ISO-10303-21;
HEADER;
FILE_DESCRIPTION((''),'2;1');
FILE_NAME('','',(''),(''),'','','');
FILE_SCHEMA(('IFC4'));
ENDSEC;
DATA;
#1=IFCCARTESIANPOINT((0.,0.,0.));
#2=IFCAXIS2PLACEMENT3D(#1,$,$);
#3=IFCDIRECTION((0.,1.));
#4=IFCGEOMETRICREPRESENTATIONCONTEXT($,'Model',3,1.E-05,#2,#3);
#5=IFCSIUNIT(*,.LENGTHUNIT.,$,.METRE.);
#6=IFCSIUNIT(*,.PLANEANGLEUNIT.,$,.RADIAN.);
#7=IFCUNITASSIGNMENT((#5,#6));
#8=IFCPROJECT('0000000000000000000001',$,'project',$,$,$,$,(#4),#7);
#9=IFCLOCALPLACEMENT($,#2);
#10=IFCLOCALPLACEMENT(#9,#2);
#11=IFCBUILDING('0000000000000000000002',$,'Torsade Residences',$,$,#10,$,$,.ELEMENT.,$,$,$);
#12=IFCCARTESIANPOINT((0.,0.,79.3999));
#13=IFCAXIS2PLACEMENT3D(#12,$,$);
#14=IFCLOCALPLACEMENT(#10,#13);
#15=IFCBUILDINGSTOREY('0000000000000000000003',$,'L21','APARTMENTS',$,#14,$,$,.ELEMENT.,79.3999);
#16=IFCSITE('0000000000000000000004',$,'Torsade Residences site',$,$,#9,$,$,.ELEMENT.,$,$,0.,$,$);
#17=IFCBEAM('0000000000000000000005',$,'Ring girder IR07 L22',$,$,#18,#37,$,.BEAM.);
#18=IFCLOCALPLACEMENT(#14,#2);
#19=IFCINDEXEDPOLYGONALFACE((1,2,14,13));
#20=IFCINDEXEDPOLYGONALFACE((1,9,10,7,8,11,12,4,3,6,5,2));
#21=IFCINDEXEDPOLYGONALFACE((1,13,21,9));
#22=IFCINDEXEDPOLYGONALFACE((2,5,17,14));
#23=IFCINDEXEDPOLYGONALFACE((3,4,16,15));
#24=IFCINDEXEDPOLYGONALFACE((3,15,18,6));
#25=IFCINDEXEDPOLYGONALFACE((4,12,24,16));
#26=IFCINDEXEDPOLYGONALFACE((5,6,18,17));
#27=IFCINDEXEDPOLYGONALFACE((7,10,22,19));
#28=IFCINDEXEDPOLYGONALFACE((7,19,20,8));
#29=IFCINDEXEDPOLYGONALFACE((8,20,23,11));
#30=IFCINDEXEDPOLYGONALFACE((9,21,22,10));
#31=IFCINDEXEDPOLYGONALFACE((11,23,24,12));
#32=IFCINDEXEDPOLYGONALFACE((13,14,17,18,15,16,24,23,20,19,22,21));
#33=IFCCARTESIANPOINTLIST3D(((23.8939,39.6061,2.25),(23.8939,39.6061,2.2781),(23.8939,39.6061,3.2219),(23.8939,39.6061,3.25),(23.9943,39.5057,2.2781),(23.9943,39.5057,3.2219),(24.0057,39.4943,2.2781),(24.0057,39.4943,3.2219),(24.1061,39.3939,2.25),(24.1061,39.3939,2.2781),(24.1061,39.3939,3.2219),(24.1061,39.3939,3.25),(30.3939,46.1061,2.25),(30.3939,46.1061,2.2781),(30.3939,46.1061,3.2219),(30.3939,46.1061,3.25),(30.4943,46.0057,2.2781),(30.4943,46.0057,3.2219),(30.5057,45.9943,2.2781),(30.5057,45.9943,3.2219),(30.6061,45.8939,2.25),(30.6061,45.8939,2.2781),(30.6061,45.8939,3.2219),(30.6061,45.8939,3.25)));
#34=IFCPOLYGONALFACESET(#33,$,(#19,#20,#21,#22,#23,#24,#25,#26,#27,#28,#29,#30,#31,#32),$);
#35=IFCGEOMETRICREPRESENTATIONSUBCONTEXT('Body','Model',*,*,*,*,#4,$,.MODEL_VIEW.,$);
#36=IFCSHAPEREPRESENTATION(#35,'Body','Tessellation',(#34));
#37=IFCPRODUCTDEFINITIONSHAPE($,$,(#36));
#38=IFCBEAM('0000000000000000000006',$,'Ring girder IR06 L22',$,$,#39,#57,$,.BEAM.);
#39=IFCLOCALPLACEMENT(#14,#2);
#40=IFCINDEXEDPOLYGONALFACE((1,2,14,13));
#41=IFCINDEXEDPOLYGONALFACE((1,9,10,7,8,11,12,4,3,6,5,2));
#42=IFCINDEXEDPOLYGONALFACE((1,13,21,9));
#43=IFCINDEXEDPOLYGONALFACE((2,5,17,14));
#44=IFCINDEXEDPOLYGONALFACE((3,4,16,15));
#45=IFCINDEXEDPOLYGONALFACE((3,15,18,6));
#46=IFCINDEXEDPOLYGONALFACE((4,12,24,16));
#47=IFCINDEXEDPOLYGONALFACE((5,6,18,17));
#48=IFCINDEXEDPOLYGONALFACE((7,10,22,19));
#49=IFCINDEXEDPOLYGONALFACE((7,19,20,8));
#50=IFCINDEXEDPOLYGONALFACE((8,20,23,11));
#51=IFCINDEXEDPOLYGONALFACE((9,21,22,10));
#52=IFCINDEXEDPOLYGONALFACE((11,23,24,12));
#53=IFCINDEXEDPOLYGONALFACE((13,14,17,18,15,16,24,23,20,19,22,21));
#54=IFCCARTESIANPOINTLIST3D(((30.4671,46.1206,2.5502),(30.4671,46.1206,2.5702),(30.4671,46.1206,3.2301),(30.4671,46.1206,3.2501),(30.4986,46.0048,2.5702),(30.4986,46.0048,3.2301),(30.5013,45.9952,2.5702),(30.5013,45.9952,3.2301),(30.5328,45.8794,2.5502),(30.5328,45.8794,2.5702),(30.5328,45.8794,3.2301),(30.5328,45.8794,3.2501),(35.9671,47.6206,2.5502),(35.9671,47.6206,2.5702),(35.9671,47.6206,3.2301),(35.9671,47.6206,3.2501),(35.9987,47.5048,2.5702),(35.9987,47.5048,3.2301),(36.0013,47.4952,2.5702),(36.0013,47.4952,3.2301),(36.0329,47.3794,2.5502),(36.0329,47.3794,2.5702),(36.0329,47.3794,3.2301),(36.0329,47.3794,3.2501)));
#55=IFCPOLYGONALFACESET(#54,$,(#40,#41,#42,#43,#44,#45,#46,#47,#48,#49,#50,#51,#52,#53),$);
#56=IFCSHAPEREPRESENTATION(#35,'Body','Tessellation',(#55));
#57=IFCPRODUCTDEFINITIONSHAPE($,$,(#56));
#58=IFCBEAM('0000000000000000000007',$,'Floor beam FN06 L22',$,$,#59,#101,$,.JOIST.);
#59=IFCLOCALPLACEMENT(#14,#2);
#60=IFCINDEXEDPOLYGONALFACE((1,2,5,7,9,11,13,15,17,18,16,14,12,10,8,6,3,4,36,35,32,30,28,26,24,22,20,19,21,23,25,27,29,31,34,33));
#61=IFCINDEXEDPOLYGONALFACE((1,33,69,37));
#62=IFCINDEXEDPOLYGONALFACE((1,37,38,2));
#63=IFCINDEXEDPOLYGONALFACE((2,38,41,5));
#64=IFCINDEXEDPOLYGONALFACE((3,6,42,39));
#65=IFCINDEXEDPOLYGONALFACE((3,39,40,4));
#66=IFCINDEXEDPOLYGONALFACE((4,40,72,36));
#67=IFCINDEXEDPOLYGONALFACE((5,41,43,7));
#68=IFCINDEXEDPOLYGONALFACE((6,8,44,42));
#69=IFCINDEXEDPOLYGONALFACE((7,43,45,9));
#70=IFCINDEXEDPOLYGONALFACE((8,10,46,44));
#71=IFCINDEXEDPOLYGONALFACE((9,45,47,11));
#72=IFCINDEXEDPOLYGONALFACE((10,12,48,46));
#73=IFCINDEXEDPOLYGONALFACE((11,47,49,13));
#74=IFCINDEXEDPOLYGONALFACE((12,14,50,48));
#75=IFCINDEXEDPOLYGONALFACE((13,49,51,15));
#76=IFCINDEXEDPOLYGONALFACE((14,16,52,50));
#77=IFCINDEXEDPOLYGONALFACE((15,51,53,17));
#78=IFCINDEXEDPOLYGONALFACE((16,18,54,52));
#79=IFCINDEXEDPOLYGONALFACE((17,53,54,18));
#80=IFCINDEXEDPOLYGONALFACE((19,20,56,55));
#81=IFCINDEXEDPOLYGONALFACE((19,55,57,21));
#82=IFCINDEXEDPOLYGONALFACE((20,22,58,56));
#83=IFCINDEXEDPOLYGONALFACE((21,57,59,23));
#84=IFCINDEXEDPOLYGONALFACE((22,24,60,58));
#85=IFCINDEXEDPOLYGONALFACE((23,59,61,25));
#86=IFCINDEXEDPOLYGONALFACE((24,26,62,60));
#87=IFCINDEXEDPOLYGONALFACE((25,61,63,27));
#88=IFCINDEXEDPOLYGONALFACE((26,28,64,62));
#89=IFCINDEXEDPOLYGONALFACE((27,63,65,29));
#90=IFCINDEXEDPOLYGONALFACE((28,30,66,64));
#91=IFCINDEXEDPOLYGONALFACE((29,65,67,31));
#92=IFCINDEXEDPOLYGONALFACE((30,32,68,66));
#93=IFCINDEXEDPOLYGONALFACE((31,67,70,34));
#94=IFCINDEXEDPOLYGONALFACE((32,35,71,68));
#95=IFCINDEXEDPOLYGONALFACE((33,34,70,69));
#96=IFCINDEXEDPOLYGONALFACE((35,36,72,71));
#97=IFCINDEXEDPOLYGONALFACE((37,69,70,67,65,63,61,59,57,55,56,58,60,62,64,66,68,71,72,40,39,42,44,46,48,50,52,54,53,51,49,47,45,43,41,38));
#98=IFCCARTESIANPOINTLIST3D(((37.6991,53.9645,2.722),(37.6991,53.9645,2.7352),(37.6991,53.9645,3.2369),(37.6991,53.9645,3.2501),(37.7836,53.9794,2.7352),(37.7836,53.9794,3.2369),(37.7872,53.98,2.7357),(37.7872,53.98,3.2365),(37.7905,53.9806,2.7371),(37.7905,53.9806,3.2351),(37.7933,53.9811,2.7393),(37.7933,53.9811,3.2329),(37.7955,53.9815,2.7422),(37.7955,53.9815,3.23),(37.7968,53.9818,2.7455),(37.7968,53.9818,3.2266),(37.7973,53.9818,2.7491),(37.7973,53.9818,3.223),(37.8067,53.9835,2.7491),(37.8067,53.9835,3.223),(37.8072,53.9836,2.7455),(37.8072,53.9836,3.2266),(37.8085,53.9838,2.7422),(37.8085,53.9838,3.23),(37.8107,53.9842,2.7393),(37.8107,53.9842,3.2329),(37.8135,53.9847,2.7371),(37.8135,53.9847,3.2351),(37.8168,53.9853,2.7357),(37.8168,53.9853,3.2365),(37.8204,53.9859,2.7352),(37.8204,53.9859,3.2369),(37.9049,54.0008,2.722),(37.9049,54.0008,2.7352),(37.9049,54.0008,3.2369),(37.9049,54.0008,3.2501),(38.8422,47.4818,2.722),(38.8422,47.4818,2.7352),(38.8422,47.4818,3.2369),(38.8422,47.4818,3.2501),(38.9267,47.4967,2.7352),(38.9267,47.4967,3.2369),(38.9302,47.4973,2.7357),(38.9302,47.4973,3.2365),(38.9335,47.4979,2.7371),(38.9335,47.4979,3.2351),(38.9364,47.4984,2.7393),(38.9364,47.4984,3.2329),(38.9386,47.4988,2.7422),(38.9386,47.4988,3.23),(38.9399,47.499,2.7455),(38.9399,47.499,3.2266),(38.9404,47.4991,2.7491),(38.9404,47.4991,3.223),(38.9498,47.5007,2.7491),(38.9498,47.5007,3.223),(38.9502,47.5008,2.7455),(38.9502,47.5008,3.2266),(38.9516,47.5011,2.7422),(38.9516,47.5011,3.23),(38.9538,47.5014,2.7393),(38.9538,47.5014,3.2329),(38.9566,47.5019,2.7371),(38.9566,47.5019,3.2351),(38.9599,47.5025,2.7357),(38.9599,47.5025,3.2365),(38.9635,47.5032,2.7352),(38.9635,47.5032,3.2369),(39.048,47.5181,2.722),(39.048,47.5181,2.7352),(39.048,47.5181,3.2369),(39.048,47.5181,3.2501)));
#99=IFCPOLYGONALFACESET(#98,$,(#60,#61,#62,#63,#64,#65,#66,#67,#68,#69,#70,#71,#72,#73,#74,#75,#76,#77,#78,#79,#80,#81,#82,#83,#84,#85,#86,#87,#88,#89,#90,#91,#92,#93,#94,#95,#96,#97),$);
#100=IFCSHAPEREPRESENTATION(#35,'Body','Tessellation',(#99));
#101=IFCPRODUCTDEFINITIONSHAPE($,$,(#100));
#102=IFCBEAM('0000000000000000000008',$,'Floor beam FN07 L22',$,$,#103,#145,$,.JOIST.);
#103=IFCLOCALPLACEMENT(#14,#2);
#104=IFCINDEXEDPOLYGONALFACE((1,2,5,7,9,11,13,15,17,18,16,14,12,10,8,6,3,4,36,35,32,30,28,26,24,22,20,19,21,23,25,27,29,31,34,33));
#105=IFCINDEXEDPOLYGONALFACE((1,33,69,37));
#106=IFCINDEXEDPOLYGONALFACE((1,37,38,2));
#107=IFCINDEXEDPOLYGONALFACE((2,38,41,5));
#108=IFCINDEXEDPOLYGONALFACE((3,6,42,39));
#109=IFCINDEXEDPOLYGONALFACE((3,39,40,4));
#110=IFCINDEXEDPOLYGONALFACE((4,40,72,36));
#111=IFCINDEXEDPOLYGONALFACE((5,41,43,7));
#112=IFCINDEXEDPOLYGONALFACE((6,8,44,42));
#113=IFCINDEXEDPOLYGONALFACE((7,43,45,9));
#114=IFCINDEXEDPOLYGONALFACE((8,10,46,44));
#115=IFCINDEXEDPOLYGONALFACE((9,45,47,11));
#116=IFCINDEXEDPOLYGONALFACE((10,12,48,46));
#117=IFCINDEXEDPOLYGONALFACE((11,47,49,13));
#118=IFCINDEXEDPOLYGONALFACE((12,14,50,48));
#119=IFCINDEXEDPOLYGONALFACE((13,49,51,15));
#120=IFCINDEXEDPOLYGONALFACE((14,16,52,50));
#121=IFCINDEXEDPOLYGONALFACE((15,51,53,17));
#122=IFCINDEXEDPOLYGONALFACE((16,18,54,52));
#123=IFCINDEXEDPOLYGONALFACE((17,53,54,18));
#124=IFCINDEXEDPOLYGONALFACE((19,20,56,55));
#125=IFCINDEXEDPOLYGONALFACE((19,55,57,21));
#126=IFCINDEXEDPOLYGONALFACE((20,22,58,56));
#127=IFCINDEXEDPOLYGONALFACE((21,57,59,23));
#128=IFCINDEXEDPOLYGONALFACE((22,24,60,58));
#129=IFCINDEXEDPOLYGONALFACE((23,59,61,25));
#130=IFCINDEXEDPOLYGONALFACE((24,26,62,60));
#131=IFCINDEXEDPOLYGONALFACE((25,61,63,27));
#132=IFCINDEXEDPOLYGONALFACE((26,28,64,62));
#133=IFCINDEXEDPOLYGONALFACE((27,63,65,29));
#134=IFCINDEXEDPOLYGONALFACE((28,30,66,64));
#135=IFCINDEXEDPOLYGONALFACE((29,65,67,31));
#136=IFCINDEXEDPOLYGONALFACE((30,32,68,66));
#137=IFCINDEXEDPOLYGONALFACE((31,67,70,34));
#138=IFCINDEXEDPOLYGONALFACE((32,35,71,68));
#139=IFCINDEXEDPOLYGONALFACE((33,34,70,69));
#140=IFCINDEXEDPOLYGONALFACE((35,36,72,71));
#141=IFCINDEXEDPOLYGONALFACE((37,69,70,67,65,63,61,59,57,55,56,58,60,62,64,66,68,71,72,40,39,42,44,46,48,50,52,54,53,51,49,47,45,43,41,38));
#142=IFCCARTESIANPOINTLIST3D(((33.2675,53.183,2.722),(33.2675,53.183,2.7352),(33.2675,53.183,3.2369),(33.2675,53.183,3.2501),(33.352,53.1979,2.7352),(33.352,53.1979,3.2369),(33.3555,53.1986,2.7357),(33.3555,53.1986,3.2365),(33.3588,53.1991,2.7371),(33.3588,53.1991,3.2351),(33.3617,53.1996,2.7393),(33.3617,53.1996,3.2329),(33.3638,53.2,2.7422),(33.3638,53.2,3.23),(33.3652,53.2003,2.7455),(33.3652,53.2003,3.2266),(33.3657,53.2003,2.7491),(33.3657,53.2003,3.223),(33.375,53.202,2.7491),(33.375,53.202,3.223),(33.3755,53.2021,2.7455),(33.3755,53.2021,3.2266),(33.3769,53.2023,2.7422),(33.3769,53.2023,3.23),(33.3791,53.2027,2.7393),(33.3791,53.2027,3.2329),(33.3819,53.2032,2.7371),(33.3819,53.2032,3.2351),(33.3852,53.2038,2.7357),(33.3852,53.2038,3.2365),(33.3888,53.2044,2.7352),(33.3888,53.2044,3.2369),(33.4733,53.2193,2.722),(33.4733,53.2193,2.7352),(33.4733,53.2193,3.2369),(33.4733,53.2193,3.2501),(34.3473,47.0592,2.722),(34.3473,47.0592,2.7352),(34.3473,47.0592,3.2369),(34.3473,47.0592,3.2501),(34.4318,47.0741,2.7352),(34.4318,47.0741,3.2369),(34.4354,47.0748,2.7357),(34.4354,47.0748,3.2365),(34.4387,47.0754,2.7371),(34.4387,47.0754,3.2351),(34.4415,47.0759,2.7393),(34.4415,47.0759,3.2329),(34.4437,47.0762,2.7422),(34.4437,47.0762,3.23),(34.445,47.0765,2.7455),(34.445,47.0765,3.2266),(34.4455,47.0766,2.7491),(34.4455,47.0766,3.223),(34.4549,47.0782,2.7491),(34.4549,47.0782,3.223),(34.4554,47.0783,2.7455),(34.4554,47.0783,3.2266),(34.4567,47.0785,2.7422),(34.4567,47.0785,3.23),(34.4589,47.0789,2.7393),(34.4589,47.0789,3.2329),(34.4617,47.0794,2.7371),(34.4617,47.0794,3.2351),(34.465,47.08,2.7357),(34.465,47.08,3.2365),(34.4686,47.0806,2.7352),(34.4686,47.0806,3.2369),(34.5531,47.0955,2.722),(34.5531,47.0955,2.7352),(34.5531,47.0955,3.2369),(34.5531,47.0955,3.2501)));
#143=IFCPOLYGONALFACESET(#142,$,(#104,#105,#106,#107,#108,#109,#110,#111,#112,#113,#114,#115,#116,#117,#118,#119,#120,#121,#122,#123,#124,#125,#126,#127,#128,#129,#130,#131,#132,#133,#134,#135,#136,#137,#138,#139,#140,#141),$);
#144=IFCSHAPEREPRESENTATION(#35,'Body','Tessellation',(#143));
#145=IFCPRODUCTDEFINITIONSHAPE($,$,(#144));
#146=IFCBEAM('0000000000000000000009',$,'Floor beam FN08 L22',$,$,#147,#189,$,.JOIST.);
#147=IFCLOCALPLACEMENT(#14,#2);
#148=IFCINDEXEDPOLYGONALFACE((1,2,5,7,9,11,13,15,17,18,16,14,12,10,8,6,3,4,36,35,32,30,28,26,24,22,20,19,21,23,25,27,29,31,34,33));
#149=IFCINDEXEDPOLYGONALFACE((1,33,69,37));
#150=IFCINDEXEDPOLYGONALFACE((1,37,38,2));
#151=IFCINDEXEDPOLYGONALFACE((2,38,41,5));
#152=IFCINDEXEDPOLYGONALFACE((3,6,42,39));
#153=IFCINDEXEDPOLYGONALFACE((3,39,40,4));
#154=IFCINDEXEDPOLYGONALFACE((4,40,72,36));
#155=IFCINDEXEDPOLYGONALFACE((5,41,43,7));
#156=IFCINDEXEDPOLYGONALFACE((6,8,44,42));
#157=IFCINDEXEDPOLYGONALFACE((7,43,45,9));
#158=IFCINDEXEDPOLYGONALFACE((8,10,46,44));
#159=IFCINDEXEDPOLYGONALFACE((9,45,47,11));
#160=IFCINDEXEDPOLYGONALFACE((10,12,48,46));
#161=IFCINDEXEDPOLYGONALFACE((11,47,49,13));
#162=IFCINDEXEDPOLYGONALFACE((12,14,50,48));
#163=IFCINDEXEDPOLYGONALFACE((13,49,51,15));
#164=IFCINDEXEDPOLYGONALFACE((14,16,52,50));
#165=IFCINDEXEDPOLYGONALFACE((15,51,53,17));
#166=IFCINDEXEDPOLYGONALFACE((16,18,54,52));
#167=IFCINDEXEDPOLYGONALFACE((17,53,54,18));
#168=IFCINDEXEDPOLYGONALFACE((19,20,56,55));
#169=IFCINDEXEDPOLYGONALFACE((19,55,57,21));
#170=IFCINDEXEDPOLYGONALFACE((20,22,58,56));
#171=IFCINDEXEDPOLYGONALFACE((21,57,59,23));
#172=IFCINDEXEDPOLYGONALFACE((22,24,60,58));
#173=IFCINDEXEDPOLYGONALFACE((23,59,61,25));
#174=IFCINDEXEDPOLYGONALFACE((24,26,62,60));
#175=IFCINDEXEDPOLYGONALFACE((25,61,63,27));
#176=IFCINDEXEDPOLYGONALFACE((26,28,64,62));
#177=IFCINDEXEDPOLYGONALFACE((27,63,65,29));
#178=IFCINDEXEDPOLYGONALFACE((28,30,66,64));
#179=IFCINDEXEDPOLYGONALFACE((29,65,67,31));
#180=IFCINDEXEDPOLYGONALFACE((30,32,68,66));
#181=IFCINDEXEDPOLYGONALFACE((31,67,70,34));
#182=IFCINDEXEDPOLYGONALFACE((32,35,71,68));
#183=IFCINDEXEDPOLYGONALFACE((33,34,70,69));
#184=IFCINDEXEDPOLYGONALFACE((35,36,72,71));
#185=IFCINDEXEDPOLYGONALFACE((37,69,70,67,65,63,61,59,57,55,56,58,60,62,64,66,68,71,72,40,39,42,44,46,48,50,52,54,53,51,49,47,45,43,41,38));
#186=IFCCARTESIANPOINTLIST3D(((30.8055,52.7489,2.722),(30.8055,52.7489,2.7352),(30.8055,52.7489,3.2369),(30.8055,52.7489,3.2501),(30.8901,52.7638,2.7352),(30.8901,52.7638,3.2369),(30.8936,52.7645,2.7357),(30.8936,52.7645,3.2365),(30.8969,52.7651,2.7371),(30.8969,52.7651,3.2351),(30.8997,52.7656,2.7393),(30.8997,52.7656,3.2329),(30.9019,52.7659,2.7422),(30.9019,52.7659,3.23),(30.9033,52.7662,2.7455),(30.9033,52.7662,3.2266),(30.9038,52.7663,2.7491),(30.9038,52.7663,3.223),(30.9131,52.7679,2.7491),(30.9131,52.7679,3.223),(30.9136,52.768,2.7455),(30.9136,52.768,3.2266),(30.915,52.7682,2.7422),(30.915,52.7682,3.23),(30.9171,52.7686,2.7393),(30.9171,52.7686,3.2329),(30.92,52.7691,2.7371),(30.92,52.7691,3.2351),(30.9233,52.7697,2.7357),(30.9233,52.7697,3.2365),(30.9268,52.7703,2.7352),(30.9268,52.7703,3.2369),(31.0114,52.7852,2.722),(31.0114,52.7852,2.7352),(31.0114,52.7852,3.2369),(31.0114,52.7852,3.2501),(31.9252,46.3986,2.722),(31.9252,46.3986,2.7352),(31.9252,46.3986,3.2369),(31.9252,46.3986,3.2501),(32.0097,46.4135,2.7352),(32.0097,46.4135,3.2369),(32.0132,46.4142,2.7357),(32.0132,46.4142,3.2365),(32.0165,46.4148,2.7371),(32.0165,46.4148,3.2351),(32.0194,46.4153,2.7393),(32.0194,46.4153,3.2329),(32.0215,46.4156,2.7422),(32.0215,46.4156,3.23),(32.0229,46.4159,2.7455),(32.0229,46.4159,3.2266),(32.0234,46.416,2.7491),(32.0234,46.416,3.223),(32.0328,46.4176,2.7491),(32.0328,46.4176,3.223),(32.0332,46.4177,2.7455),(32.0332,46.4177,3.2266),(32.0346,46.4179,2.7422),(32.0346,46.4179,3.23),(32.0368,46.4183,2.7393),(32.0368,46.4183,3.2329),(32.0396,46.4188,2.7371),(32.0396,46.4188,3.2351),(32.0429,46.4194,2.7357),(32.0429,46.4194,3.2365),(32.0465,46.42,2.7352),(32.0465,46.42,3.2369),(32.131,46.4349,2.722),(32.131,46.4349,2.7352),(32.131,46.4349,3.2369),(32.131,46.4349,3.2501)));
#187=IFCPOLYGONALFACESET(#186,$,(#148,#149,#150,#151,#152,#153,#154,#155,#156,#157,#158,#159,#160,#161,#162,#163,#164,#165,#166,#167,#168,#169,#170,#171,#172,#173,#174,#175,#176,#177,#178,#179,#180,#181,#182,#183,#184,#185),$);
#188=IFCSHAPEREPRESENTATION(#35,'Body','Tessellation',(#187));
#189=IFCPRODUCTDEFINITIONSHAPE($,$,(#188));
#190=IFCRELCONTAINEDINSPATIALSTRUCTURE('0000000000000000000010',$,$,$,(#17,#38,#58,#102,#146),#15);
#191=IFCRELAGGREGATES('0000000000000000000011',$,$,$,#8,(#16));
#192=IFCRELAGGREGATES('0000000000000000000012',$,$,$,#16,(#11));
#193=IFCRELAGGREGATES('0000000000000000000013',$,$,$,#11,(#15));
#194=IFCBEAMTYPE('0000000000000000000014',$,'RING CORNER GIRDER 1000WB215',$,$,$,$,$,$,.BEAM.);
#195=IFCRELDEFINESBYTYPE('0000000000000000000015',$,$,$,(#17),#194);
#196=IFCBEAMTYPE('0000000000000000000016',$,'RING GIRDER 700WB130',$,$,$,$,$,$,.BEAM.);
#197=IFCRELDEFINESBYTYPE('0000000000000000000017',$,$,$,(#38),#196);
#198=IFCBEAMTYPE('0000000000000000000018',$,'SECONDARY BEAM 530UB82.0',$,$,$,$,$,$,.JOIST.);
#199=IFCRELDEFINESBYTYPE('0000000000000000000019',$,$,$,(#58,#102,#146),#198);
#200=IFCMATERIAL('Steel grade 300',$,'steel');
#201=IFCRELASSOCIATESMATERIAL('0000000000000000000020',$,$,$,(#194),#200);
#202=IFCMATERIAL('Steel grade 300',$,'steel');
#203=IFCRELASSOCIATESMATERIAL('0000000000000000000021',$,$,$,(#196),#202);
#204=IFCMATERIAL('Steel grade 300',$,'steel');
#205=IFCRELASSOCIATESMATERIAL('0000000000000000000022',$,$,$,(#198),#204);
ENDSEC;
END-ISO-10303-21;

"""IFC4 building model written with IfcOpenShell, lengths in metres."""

from ifc_helpers import new_model, si_unit, direction, frame, origin, origin_2d, place, context, subcontext, project, spatial, i_section, extrude, material, material_profile, profile_set, type_object, element, save


model = new_model("IFC4")

# Units and contexts
model_context = context("Model", 3, precision=1e-05, world=origin(), true_north=direction((0.0, 1.0)))
body_context = subcontext(model_context, "Body", "Model", "MODEL_VIEW")
ifc_project = project(units=[si_unit("LENGTHUNIT", "METRE"), si_unit("PLANEANGLEUNIT", "RADIAN")], contexts=[model_context])

# Site, building, storey
site_placement = place(None, origin())
site = spatial("IfcSite", under=ifc_project, at=site_placement, Name="Torsade Residences site", CompositionType="ELEMENT", RefElevation=0.0)
building_placement = place(site_placement, origin())
building = spatial("IfcBuilding", under=site, at=building_placement, Name="Torsade Residences", CompositionType="ELEMENT")
storey_placement = place(building_placement, frame((0.0, 0.0, 79.3999)))
storey = spatial("IfcBuildingStorey", under=building, at=storey_placement, Name="L21", Description="APARTMENTS", CompositionType="ELEMENT", Elevation=79.3999)

# Beams
ifc_material_1 = material(Name="Steel grade 300", Category="steel")
ifc_material_profile_1 = material_profile(ifc_material_1, i_section(OverallWidth=0.3, OverallDepth=1.0, WebThickness=0.0161, FlangeThickness=0.0281, at=origin_2d()), Name="1000WB215")
ifc_profile_set_1 = profile_set([ifc_material_profile_1], Name="Steel grade 300")
beam_type_1 = type_object("IfcBeamType", Name="RING CORNER GIRDER 1000WB215", PredefinedType="BEAM", material=ifc_profile_set_1)
beam_1_placement = place(storey_placement, frame((30.5, 46.0, 2.75), z_axis=(-0.707107, -0.707107, 0.0), x_axis=(0.707107, -0.707107, 0.0)))
element("IfcBeam", 1, at=beam_1_placement, inside=storey, type_object=beam_type_1, Name="Ring girder IR07 L22", PredefinedType="BEAM", context=body_context, shape_type="SweptSolid", body=[
    extrude(i_section(OverallWidth=0.3, OverallDepth=1.0, WebThickness=0.0161, FlangeThickness=0.0281, at=origin_2d()), origin(), (0.0, 0.0, 1.0), 9.1924),
])
ifc_material_2 = material(Name="Steel grade 300", Category="steel")
ifc_material_profile_2 = material_profile(ifc_material_2, i_section(OverallWidth=0.25, OverallDepth=0.7, WebThickness=0.01, FlangeThickness=0.02, at=origin_2d()), Name="700WB130")
ifc_profile_set_2 = profile_set([ifc_material_profile_2], Name="Steel grade 300")
beam_type_2 = type_object("IfcBeamType", Name="RING GIRDER 700WB130", PredefinedType="BEAM", material=ifc_profile_set_2)
beam_2_placement = place(storey_placement, frame((36.0, 47.5, 2.9001), z_axis=(-0.964764, -0.263117, 0.0), x_axis=(0.263117, -0.964764, 0.0)))
element("IfcBeam", 2, at=beam_2_placement, inside=storey, type_object=beam_type_2, Name="Ring girder IR06 L22", PredefinedType="BEAM", context=body_context, shape_type="SweptSolid", body=[
    extrude(i_section(OverallWidth=0.25, OverallDepth=0.7, WebThickness=0.01, FlangeThickness=0.02, at=origin_2d()), origin(), (0.0, 0.0, 1.0), 5.7009),
])
ifc_material_3 = material(Name="Steel grade 300", Category="steel")
ifc_material_profile_3 = material_profile(ifc_material_3, i_section(OverallWidth=0.209, OverallDepth=0.5281, WebThickness=0.0095, FlangeThickness=0.0132, FilletRadius=0.0139, at=origin_2d()), Name="530UB82.0")
ifc_profile_set_3 = profile_set([ifc_material_profile_3], Name="Steel grade 300")
beam_type_3 = type_object("IfcBeamType", Name="SECONDARY BEAM 530UB82.0", PredefinedType="JOIST", material=ifc_profile_set_3)
beam_3_placement = place(storey_placement, frame((37.802, 53.9827, 2.9861), z_axis=(0.173648, -0.984808, 0.0), x_axis=(0.984808, 0.173648, 0.0)))
element("IfcBeam", 3, at=beam_3_placement, inside=storey, type_object=beam_type_3, Name="Floor beam FN06 L22", PredefinedType="JOIST", context=body_context, shape_type="SweptSolid", body=[
    extrude(i_section(OverallWidth=0.209, OverallDepth=0.5281, WebThickness=0.0095, FlangeThickness=0.0132, FilletRadius=0.0139, at=origin_2d()), origin(), (0.0, 0.0, 1.0), 6.5828),
])
beam_4_placement = place(storey_placement, frame((33.3704, 53.2012, 2.9861), z_axis=(0.173655, -0.984806, 0.0), x_axis=(0.984806, 0.173655, 0.0)))
element("IfcBeam", 4, at=beam_4_placement, inside=storey, type_object=beam_type_3, Name="Floor beam FN07 L22", PredefinedType="JOIST", context=body_context, shape_type="SweptSolid", body=[
    extrude(i_section(OverallWidth=0.209, OverallDepth=0.5281, WebThickness=0.0095, FlangeThickness=0.0132, FilletRadius=0.0139, at=origin_2d()), origin(), (0.0, 0.0, 1.0), 6.2183),
])
beam_5_placement = place(storey_placement, frame((30.9084, 52.7671, 2.9861), z_axis=(0.173632, -0.984811, 0.0), x_axis=(0.984811, 0.173632, 0.0)))
element("IfcBeam", 5, at=beam_5_placement, inside=storey, type_object=beam_type_3, Name="Floor beam FN08 L22", PredefinedType="JOIST", context=body_context, shape_type="SweptSolid", body=[
    extrude(i_section(OverallWidth=0.209, OverallDepth=0.5281, WebThickness=0.0095, FlangeThickness=0.0132, FilletRadius=0.0139, at=origin_2d()), origin(), (0.0, 0.0, 1.0), 6.4482),
])

save(model, "model.ifc")
